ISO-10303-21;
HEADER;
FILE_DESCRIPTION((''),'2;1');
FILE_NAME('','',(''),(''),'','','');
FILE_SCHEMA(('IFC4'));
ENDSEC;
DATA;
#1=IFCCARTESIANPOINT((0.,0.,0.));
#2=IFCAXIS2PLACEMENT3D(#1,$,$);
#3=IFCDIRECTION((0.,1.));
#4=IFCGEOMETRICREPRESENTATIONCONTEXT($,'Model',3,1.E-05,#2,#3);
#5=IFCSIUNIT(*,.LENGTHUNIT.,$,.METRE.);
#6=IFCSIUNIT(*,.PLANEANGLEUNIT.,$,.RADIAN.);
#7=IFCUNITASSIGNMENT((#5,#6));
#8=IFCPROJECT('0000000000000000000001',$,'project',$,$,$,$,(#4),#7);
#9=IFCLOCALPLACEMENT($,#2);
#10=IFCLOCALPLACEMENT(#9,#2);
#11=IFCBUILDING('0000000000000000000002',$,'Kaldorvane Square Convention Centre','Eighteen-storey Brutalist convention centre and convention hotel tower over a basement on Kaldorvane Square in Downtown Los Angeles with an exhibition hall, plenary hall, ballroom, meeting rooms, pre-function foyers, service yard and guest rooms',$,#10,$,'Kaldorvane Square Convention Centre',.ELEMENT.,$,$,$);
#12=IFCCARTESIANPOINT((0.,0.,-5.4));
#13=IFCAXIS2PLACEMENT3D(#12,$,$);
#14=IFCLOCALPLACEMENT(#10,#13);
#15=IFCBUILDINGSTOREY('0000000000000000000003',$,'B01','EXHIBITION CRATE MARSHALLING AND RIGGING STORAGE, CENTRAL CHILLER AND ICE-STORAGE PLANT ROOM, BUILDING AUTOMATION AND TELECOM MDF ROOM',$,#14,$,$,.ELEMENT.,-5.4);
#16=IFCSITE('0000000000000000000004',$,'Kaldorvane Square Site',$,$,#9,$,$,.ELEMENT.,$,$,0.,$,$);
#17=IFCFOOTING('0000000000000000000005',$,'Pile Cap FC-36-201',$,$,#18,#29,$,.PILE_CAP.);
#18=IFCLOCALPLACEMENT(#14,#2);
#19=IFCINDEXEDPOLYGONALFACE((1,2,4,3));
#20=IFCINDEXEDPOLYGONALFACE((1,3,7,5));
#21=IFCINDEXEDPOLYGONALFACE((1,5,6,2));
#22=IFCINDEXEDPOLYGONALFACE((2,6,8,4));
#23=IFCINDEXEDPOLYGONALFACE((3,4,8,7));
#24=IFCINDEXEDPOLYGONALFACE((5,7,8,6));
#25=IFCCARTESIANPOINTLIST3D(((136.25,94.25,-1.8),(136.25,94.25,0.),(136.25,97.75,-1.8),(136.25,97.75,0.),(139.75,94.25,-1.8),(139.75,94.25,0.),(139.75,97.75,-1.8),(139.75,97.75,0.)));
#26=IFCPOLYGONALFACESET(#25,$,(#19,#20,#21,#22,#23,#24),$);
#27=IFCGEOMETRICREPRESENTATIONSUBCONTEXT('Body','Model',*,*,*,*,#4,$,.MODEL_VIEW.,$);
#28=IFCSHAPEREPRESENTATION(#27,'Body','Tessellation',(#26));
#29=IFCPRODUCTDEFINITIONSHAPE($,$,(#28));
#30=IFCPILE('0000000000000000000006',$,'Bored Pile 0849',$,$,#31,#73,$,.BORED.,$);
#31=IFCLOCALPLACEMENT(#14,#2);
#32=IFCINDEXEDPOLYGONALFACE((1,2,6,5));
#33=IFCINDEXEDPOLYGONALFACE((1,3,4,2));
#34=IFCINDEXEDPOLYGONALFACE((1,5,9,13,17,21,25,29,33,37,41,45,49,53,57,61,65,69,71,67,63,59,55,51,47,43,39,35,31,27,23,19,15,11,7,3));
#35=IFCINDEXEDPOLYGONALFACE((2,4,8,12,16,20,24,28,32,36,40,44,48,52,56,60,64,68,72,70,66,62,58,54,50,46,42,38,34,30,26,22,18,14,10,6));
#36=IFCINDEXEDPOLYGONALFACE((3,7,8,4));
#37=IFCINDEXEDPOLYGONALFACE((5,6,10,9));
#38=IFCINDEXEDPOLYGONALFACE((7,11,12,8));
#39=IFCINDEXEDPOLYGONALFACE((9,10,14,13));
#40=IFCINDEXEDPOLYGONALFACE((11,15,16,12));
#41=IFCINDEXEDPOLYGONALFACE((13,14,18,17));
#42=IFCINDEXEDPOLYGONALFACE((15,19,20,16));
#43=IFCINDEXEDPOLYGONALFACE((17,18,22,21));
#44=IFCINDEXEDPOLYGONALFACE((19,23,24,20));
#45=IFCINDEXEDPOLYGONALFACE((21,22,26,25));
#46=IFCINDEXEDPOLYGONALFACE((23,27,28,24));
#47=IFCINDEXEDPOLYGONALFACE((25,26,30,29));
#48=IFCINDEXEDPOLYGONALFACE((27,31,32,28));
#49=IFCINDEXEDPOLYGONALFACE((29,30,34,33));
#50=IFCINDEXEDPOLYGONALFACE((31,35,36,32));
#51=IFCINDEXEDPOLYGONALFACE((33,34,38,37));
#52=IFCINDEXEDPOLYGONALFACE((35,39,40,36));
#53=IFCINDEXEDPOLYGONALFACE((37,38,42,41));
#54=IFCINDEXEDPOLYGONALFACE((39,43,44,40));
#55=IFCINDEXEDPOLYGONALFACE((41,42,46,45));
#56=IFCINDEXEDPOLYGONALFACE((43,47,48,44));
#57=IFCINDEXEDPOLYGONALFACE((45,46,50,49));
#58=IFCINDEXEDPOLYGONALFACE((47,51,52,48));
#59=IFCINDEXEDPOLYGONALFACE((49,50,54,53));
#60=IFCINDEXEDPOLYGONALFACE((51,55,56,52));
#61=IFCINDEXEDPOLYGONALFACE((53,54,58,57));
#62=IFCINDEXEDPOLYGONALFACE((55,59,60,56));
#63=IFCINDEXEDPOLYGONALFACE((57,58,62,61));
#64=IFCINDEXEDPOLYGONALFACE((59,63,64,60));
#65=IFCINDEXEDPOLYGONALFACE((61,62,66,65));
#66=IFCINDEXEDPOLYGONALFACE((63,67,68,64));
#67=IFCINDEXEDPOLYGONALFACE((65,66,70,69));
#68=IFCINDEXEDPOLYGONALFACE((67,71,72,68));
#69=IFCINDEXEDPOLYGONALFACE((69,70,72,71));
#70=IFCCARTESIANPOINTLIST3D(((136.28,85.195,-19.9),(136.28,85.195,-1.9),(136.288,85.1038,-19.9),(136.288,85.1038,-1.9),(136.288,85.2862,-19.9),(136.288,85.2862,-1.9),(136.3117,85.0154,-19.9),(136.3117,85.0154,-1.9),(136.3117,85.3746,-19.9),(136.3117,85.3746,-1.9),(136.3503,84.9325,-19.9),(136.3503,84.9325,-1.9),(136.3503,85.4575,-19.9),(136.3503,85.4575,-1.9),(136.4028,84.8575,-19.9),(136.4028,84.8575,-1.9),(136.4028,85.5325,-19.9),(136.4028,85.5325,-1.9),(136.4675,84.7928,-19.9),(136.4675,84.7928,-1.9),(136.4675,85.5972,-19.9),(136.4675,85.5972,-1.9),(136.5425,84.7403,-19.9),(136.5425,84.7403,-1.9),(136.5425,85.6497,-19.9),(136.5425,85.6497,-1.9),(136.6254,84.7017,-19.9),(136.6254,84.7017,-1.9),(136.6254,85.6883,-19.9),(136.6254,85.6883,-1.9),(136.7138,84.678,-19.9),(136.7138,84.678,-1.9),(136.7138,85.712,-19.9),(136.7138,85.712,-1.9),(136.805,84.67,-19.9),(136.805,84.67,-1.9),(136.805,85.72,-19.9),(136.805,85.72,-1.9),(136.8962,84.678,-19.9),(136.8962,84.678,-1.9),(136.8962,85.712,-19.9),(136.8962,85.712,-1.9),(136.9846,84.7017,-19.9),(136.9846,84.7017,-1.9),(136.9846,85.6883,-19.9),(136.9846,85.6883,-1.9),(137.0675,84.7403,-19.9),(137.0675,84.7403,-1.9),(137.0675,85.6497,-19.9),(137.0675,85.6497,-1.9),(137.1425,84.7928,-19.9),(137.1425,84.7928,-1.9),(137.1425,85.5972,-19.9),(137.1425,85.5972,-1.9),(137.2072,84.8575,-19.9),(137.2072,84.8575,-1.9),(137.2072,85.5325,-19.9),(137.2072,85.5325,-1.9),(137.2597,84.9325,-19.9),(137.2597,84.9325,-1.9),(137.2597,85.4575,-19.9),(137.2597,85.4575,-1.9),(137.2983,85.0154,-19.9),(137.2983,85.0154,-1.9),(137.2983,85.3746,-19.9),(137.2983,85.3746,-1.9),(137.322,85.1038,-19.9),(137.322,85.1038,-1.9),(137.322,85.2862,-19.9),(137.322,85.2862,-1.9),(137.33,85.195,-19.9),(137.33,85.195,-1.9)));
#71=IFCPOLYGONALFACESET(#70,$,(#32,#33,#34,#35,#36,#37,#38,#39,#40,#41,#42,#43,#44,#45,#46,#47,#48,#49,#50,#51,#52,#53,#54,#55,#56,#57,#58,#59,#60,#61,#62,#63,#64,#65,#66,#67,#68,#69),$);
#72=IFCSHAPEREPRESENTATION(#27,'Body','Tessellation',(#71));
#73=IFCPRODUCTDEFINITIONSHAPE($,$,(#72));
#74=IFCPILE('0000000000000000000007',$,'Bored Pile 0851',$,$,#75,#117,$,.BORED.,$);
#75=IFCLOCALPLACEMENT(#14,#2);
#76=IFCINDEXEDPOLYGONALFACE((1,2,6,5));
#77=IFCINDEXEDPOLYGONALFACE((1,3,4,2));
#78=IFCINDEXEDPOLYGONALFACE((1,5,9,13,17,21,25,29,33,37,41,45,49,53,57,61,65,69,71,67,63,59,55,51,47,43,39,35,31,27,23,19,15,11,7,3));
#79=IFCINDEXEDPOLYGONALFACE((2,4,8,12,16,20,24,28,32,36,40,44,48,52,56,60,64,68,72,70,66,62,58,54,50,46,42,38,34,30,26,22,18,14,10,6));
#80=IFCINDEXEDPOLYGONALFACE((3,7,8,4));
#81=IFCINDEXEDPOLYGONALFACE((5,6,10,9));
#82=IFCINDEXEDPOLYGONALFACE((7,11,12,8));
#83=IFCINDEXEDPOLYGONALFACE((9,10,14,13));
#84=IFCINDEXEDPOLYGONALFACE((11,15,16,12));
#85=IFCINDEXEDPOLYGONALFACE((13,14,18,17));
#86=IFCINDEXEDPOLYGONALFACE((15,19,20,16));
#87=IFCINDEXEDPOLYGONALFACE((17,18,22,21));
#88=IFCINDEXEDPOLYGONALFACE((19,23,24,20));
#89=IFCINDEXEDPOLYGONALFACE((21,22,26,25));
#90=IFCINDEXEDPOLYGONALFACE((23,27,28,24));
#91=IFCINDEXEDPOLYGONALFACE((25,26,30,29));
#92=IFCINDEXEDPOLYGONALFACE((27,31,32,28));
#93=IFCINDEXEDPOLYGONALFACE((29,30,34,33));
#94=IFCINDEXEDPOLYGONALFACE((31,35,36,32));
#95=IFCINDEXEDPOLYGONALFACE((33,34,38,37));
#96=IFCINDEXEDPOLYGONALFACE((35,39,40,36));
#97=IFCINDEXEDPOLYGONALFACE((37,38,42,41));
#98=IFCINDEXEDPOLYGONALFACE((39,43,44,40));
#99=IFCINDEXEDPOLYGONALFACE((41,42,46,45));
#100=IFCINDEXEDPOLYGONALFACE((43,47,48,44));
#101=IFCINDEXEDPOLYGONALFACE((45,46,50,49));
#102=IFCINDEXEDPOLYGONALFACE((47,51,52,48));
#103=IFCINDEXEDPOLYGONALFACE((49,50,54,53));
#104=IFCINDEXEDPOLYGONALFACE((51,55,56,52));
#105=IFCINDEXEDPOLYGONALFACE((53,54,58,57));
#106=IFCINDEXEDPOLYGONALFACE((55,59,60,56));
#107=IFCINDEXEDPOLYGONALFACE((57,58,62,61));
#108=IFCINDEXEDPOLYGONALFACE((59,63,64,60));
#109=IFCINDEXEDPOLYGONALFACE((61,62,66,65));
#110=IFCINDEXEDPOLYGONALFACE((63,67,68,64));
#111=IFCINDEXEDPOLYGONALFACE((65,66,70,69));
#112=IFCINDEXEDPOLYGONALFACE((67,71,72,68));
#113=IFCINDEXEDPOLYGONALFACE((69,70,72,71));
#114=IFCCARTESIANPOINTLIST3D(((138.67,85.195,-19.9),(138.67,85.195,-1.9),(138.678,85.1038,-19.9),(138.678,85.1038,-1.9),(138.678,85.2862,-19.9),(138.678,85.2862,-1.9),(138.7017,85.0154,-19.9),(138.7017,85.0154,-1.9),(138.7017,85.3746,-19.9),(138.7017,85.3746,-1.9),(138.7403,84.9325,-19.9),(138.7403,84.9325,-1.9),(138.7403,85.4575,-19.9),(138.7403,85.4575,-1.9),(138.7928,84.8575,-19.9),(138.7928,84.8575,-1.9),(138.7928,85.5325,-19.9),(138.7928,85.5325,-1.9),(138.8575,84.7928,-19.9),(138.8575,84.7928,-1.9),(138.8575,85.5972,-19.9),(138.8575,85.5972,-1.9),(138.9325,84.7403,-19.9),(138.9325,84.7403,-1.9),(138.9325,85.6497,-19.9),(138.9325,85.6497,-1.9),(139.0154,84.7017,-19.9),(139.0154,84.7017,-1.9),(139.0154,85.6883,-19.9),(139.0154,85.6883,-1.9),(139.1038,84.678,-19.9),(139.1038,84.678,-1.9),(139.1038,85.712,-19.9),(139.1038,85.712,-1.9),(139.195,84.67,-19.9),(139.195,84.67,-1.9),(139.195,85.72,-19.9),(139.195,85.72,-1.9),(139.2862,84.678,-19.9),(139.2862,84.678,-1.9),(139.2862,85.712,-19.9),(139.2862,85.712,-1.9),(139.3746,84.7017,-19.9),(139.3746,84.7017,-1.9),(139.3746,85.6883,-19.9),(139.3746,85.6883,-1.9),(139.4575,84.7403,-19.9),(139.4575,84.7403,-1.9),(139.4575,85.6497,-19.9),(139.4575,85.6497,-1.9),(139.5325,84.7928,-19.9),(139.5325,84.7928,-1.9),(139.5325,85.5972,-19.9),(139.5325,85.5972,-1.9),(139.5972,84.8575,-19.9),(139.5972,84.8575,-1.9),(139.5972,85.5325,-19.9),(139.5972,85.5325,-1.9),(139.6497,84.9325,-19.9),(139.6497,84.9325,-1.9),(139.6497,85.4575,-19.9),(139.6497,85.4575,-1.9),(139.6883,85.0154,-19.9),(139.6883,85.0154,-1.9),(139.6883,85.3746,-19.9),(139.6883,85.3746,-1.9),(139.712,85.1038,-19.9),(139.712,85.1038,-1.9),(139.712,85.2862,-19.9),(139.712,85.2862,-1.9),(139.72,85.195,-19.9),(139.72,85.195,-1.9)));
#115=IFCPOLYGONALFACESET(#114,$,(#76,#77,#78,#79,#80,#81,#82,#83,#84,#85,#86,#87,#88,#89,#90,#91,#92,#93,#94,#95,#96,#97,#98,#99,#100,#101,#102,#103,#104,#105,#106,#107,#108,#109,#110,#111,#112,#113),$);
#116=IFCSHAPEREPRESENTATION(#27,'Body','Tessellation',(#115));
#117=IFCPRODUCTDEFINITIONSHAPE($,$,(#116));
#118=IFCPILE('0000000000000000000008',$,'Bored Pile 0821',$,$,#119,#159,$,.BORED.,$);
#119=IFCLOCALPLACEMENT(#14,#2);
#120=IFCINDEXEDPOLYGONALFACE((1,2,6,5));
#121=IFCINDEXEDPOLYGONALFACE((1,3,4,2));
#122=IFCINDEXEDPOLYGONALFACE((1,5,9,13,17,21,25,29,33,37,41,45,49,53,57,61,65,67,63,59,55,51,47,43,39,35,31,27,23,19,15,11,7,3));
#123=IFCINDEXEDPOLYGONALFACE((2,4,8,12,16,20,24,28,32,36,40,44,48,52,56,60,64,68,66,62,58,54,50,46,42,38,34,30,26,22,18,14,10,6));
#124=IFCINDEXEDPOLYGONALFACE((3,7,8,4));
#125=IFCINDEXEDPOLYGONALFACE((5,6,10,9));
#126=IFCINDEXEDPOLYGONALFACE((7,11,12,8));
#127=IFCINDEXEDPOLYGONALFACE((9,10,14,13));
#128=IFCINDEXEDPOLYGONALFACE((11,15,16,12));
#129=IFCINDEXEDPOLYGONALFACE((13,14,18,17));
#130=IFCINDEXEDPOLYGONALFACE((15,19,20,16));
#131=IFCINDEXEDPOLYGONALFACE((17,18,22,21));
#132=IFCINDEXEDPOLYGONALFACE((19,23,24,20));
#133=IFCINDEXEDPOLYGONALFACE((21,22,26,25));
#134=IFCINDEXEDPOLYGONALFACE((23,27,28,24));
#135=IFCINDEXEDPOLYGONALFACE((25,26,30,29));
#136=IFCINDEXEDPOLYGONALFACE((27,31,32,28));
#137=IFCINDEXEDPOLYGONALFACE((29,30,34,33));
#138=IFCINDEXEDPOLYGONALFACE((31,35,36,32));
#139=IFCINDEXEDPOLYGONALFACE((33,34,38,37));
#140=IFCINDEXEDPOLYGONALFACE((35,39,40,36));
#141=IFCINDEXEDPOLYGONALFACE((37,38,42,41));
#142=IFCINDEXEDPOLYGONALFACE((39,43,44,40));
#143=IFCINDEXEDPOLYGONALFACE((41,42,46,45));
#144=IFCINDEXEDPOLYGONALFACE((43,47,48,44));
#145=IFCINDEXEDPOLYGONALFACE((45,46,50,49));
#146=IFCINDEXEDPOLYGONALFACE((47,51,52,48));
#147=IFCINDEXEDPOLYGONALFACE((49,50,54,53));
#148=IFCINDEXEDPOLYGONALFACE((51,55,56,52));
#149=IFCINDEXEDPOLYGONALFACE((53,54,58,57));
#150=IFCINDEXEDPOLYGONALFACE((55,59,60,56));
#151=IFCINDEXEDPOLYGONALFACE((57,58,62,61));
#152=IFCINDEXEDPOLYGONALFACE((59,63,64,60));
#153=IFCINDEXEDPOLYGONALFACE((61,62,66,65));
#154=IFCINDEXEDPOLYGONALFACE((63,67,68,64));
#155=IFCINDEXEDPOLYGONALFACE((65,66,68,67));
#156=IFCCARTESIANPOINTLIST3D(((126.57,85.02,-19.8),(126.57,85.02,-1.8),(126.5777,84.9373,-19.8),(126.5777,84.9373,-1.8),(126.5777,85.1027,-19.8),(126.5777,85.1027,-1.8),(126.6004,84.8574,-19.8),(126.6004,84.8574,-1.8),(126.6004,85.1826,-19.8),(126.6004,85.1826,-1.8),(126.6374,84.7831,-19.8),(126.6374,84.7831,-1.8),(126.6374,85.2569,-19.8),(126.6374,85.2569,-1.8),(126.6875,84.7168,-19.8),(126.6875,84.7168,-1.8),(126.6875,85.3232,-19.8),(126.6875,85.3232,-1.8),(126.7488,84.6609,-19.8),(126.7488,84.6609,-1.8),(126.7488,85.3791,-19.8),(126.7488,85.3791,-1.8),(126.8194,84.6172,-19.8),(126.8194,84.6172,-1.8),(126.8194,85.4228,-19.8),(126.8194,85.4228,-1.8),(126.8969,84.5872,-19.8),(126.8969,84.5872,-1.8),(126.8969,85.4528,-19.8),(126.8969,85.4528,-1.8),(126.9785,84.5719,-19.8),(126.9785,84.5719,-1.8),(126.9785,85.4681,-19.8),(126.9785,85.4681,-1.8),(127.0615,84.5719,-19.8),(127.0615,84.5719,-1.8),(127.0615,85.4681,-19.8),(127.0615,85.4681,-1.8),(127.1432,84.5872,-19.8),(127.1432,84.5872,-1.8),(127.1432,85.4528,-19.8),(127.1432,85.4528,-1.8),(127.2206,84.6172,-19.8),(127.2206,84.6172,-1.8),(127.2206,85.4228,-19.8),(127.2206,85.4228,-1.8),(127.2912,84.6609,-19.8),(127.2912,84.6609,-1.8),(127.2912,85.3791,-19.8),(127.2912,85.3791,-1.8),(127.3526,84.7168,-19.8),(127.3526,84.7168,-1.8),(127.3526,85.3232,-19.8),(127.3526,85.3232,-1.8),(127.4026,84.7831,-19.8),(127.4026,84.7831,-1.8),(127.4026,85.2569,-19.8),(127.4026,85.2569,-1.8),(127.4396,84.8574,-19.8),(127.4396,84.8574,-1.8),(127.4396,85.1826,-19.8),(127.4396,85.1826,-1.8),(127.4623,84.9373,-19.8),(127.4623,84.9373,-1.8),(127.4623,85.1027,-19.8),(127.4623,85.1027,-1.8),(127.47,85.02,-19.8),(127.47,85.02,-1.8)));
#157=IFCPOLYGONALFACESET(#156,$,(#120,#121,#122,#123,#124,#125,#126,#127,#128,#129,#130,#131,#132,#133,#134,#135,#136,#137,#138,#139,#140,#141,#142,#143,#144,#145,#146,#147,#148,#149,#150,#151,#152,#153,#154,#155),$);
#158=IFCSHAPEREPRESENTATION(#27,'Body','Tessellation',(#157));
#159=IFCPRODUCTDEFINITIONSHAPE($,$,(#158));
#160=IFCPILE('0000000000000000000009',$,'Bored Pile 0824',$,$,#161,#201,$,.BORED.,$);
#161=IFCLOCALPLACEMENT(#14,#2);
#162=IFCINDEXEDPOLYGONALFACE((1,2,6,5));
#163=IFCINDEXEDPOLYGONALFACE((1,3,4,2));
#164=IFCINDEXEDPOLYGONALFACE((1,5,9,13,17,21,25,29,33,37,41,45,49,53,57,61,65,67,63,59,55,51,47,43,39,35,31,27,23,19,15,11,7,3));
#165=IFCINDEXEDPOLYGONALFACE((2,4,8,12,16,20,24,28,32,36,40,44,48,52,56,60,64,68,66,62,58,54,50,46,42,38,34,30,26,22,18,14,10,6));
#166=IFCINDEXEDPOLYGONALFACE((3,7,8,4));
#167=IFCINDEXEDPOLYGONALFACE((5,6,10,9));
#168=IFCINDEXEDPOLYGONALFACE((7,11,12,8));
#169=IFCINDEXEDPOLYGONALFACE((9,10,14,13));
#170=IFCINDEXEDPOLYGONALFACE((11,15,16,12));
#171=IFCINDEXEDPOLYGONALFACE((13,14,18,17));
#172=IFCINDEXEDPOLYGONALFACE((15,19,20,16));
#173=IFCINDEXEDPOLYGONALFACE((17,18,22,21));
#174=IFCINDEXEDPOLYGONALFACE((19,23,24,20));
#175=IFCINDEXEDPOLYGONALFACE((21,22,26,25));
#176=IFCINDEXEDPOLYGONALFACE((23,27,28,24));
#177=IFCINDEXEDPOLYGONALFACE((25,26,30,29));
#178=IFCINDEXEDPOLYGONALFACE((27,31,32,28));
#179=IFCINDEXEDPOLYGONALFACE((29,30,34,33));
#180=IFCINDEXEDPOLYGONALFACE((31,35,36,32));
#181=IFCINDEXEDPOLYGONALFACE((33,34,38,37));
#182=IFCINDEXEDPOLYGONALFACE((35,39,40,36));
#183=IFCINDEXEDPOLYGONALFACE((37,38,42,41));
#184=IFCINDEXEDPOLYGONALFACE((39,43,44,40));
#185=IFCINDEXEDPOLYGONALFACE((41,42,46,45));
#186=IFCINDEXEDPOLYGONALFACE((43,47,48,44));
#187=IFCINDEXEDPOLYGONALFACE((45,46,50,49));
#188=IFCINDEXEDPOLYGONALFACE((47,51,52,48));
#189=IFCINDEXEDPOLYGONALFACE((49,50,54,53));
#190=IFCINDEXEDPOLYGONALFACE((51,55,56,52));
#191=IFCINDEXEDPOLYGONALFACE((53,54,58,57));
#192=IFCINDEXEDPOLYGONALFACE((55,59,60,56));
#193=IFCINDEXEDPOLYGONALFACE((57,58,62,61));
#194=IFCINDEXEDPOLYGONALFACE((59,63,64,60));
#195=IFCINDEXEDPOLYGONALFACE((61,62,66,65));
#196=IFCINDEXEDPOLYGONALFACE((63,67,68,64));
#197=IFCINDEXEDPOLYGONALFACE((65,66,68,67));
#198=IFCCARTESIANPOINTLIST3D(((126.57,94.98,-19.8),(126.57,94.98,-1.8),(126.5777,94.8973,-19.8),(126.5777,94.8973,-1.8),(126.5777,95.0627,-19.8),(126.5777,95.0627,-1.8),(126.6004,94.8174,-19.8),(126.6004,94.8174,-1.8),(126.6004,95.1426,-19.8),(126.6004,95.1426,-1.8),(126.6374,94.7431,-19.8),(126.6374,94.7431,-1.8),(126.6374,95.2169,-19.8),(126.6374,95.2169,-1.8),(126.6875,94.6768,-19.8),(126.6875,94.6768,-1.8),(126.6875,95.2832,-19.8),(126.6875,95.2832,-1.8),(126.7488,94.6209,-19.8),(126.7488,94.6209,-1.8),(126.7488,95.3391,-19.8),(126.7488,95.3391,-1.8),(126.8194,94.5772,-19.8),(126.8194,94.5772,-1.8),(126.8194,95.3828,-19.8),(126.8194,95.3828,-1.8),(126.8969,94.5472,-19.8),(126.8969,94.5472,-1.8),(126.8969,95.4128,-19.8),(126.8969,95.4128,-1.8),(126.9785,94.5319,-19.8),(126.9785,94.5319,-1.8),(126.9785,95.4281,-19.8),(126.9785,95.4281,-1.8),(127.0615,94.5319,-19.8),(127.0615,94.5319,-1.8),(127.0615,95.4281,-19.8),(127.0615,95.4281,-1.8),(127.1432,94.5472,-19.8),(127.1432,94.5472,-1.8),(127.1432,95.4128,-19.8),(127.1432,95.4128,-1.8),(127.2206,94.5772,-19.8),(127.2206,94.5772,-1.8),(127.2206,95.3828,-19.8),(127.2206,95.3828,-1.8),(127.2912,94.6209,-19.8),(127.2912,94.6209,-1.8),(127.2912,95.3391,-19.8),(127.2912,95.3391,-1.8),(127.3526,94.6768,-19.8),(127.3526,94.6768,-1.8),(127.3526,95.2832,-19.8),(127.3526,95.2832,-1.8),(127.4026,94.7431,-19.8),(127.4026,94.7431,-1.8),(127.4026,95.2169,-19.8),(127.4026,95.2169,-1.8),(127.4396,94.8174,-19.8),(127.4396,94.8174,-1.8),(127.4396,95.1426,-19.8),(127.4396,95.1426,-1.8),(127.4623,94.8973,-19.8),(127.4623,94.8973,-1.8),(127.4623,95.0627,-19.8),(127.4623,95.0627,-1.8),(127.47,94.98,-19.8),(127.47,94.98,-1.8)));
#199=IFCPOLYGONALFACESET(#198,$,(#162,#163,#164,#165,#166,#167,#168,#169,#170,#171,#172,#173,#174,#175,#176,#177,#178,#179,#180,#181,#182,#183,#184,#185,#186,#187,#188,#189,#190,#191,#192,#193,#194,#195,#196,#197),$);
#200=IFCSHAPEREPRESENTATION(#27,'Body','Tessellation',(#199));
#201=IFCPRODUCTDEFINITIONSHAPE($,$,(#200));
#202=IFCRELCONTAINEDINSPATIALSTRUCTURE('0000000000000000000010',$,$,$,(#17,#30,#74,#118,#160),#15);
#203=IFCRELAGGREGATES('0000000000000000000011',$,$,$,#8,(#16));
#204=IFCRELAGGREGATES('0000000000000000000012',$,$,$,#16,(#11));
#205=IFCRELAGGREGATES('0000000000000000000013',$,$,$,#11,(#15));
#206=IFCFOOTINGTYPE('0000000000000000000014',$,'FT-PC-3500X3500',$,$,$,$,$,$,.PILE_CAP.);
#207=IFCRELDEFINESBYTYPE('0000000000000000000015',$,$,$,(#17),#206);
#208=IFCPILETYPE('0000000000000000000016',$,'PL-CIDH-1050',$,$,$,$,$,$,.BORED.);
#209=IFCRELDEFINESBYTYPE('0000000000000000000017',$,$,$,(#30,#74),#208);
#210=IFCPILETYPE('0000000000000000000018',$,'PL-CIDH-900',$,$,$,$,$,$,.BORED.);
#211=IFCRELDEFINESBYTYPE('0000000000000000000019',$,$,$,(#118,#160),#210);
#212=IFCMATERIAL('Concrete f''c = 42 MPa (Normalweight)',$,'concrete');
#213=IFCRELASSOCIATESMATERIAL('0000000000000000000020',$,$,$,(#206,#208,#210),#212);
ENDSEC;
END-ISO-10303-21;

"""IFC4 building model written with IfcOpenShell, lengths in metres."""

from ifc_helpers import new_model, si_unit, direction, frame, origin, origin_2d, place, context, subcontext, project, spatial, rectangle, circle, extrude, material, material_profile, profile_set, type_object, element, save


model = new_model("IFC4")

# Units and contexts
model_context = context("Model", 3, precision=1e-05, world=origin(), true_north=direction((0.0, 1.0)))
body_context = subcontext(model_context, "Body", "Model", "MODEL_VIEW")
ifc_project = project(units=[si_unit("LENGTHUNIT", "METRE"), si_unit("PLANEANGLEUNIT", "RADIAN")], contexts=[model_context])

# Site, building, storey
site_placement = place(None, origin())
site = spatial("IfcSite", under=ifc_project, at=site_placement, Name="Kaldorvane Square Site", CompositionType="ELEMENT", RefElevation=0.0)
building_placement = place(site_placement, origin())
building = spatial("IfcBuilding", under=site, at=building_placement, Name="Kaldorvane Square Convention Centre", Description="Eighteen-storey Brutalist convention centre and convention hotel tower over a basement on Kaldorvane Square in Downtown Los Angeles with an exhibition hall, plenary hall, ballroom, meeting rooms, pre-function foyers, service yard and guest rooms", LongName="Kaldorvane Square Convention Centre", CompositionType="ELEMENT")
storey_placement = place(building_placement, frame((0.0, 0.0, -5.4)))
storey = spatial("IfcBuildingStorey", under=building, at=storey_placement, Name="B01", Description="EXHIBITION CRATE MARSHALLING AND RIGGING STORAGE, CENTRAL CHILLER AND ICE-STORAGE PLANT ROOM, BUILDING AUTOMATION AND TELECOM MDF ROOM", CompositionType="ELEMENT", Elevation=-5.4)

# Footing
ifc_material_1 = material(Name="Concrete f'c = 42 MPa (Normalweight)", Category="concrete")
footing_type = type_object("IfcFootingType", Name="FT-PC-3500X3500", PredefinedType="PILE_CAP", material=ifc_material_1)
footing_placement = place(storey_placement, frame((138.0, 96.0, -1.8), z_axis=(0.0, 0.0, 1.0), x_axis=(1.0, 0.0, 0.0)))
element("IfcFooting", 1, at=footing_placement, inside=storey, type_object=footing_type, Name="Pile Cap FC-36-201", PredefinedType="PILE_CAP", context=body_context, shape_type="SweptSolid", body=[
    extrude(rectangle(XDim=3.5, YDim=3.5, at=origin_2d()), origin(), (0.0, 0.0, 1.0), 1.8),
])

# Piles
ifc_material_profile_1 = material_profile(ifc_material_1, circle(Radius=0.525, at=origin_2d()), Name="PILE-D1050")
ifc_profile_set_1 = profile_set([ifc_material_profile_1], Name="Concrete f'c = 42 MPa (Normalweight)")
pile_type_1 = type_object("IfcPileType", Name="PL-CIDH-1050", PredefinedType="BORED", material=ifc_profile_set_1)
for number, where, z_axis, x_axis, name in (
    (2, (136.805, 85.195, -1.9), (0.0, 0.0, -1.0), (1.0, 0.0, 0.0), "Bored Pile 0849"),
    (3, (139.195, 85.195, -1.9), (0.0, 0.0, -1.0), (1.0, 0.0, 0.0), "Bored Pile 0851"),
):
    element("IfcPile", number, at=place(storey_placement, frame(where, z_axis=z_axis, x_axis=x_axis)), inside=storey, type_object=pile_type_1, Name=name, PredefinedType="BORED", context=body_context, shape_type="SweptSolid", body=[
        extrude(circle(Radius=0.525, at=origin_2d()), origin(), (0.0, 0.0, 1.0), 18.0),
    ])
ifc_material_profile_2 = material_profile(ifc_material_1, circle(Radius=0.45, at=origin_2d()), Name="PILE-D900")
ifc_profile_set_2 = profile_set([ifc_material_profile_2], Name="Concrete f'c = 42 MPa (Normalweight)")
pile_type_2 = type_object("IfcPileType", Name="PL-CIDH-900", PredefinedType="BORED", material=ifc_profile_set_2)
for number, where, z_axis, x_axis, name in (
    (4, (127.02, 85.02, -1.8), (0.0, 0.0, -1.0), (1.0, 0.0, 0.0), "Bored Pile 0821"),
    (5, (127.02, 94.98, -1.8), (0.0, 0.0, -1.0), (1.0, 0.0, 0.0), "Bored Pile 0824"),
):
    element("IfcPile", number, at=place(storey_placement, frame(where, z_axis=z_axis, x_axis=x_axis)), inside=storey, type_object=pile_type_2, Name=name, PredefinedType="BORED", context=body_context, shape_type="SweptSolid", body=[
        extrude(circle(Radius=0.45, at=origin_2d()), origin(), (0.0, 0.0, 1.0), 18.0),
    ])

save(model, "model.ifc")
